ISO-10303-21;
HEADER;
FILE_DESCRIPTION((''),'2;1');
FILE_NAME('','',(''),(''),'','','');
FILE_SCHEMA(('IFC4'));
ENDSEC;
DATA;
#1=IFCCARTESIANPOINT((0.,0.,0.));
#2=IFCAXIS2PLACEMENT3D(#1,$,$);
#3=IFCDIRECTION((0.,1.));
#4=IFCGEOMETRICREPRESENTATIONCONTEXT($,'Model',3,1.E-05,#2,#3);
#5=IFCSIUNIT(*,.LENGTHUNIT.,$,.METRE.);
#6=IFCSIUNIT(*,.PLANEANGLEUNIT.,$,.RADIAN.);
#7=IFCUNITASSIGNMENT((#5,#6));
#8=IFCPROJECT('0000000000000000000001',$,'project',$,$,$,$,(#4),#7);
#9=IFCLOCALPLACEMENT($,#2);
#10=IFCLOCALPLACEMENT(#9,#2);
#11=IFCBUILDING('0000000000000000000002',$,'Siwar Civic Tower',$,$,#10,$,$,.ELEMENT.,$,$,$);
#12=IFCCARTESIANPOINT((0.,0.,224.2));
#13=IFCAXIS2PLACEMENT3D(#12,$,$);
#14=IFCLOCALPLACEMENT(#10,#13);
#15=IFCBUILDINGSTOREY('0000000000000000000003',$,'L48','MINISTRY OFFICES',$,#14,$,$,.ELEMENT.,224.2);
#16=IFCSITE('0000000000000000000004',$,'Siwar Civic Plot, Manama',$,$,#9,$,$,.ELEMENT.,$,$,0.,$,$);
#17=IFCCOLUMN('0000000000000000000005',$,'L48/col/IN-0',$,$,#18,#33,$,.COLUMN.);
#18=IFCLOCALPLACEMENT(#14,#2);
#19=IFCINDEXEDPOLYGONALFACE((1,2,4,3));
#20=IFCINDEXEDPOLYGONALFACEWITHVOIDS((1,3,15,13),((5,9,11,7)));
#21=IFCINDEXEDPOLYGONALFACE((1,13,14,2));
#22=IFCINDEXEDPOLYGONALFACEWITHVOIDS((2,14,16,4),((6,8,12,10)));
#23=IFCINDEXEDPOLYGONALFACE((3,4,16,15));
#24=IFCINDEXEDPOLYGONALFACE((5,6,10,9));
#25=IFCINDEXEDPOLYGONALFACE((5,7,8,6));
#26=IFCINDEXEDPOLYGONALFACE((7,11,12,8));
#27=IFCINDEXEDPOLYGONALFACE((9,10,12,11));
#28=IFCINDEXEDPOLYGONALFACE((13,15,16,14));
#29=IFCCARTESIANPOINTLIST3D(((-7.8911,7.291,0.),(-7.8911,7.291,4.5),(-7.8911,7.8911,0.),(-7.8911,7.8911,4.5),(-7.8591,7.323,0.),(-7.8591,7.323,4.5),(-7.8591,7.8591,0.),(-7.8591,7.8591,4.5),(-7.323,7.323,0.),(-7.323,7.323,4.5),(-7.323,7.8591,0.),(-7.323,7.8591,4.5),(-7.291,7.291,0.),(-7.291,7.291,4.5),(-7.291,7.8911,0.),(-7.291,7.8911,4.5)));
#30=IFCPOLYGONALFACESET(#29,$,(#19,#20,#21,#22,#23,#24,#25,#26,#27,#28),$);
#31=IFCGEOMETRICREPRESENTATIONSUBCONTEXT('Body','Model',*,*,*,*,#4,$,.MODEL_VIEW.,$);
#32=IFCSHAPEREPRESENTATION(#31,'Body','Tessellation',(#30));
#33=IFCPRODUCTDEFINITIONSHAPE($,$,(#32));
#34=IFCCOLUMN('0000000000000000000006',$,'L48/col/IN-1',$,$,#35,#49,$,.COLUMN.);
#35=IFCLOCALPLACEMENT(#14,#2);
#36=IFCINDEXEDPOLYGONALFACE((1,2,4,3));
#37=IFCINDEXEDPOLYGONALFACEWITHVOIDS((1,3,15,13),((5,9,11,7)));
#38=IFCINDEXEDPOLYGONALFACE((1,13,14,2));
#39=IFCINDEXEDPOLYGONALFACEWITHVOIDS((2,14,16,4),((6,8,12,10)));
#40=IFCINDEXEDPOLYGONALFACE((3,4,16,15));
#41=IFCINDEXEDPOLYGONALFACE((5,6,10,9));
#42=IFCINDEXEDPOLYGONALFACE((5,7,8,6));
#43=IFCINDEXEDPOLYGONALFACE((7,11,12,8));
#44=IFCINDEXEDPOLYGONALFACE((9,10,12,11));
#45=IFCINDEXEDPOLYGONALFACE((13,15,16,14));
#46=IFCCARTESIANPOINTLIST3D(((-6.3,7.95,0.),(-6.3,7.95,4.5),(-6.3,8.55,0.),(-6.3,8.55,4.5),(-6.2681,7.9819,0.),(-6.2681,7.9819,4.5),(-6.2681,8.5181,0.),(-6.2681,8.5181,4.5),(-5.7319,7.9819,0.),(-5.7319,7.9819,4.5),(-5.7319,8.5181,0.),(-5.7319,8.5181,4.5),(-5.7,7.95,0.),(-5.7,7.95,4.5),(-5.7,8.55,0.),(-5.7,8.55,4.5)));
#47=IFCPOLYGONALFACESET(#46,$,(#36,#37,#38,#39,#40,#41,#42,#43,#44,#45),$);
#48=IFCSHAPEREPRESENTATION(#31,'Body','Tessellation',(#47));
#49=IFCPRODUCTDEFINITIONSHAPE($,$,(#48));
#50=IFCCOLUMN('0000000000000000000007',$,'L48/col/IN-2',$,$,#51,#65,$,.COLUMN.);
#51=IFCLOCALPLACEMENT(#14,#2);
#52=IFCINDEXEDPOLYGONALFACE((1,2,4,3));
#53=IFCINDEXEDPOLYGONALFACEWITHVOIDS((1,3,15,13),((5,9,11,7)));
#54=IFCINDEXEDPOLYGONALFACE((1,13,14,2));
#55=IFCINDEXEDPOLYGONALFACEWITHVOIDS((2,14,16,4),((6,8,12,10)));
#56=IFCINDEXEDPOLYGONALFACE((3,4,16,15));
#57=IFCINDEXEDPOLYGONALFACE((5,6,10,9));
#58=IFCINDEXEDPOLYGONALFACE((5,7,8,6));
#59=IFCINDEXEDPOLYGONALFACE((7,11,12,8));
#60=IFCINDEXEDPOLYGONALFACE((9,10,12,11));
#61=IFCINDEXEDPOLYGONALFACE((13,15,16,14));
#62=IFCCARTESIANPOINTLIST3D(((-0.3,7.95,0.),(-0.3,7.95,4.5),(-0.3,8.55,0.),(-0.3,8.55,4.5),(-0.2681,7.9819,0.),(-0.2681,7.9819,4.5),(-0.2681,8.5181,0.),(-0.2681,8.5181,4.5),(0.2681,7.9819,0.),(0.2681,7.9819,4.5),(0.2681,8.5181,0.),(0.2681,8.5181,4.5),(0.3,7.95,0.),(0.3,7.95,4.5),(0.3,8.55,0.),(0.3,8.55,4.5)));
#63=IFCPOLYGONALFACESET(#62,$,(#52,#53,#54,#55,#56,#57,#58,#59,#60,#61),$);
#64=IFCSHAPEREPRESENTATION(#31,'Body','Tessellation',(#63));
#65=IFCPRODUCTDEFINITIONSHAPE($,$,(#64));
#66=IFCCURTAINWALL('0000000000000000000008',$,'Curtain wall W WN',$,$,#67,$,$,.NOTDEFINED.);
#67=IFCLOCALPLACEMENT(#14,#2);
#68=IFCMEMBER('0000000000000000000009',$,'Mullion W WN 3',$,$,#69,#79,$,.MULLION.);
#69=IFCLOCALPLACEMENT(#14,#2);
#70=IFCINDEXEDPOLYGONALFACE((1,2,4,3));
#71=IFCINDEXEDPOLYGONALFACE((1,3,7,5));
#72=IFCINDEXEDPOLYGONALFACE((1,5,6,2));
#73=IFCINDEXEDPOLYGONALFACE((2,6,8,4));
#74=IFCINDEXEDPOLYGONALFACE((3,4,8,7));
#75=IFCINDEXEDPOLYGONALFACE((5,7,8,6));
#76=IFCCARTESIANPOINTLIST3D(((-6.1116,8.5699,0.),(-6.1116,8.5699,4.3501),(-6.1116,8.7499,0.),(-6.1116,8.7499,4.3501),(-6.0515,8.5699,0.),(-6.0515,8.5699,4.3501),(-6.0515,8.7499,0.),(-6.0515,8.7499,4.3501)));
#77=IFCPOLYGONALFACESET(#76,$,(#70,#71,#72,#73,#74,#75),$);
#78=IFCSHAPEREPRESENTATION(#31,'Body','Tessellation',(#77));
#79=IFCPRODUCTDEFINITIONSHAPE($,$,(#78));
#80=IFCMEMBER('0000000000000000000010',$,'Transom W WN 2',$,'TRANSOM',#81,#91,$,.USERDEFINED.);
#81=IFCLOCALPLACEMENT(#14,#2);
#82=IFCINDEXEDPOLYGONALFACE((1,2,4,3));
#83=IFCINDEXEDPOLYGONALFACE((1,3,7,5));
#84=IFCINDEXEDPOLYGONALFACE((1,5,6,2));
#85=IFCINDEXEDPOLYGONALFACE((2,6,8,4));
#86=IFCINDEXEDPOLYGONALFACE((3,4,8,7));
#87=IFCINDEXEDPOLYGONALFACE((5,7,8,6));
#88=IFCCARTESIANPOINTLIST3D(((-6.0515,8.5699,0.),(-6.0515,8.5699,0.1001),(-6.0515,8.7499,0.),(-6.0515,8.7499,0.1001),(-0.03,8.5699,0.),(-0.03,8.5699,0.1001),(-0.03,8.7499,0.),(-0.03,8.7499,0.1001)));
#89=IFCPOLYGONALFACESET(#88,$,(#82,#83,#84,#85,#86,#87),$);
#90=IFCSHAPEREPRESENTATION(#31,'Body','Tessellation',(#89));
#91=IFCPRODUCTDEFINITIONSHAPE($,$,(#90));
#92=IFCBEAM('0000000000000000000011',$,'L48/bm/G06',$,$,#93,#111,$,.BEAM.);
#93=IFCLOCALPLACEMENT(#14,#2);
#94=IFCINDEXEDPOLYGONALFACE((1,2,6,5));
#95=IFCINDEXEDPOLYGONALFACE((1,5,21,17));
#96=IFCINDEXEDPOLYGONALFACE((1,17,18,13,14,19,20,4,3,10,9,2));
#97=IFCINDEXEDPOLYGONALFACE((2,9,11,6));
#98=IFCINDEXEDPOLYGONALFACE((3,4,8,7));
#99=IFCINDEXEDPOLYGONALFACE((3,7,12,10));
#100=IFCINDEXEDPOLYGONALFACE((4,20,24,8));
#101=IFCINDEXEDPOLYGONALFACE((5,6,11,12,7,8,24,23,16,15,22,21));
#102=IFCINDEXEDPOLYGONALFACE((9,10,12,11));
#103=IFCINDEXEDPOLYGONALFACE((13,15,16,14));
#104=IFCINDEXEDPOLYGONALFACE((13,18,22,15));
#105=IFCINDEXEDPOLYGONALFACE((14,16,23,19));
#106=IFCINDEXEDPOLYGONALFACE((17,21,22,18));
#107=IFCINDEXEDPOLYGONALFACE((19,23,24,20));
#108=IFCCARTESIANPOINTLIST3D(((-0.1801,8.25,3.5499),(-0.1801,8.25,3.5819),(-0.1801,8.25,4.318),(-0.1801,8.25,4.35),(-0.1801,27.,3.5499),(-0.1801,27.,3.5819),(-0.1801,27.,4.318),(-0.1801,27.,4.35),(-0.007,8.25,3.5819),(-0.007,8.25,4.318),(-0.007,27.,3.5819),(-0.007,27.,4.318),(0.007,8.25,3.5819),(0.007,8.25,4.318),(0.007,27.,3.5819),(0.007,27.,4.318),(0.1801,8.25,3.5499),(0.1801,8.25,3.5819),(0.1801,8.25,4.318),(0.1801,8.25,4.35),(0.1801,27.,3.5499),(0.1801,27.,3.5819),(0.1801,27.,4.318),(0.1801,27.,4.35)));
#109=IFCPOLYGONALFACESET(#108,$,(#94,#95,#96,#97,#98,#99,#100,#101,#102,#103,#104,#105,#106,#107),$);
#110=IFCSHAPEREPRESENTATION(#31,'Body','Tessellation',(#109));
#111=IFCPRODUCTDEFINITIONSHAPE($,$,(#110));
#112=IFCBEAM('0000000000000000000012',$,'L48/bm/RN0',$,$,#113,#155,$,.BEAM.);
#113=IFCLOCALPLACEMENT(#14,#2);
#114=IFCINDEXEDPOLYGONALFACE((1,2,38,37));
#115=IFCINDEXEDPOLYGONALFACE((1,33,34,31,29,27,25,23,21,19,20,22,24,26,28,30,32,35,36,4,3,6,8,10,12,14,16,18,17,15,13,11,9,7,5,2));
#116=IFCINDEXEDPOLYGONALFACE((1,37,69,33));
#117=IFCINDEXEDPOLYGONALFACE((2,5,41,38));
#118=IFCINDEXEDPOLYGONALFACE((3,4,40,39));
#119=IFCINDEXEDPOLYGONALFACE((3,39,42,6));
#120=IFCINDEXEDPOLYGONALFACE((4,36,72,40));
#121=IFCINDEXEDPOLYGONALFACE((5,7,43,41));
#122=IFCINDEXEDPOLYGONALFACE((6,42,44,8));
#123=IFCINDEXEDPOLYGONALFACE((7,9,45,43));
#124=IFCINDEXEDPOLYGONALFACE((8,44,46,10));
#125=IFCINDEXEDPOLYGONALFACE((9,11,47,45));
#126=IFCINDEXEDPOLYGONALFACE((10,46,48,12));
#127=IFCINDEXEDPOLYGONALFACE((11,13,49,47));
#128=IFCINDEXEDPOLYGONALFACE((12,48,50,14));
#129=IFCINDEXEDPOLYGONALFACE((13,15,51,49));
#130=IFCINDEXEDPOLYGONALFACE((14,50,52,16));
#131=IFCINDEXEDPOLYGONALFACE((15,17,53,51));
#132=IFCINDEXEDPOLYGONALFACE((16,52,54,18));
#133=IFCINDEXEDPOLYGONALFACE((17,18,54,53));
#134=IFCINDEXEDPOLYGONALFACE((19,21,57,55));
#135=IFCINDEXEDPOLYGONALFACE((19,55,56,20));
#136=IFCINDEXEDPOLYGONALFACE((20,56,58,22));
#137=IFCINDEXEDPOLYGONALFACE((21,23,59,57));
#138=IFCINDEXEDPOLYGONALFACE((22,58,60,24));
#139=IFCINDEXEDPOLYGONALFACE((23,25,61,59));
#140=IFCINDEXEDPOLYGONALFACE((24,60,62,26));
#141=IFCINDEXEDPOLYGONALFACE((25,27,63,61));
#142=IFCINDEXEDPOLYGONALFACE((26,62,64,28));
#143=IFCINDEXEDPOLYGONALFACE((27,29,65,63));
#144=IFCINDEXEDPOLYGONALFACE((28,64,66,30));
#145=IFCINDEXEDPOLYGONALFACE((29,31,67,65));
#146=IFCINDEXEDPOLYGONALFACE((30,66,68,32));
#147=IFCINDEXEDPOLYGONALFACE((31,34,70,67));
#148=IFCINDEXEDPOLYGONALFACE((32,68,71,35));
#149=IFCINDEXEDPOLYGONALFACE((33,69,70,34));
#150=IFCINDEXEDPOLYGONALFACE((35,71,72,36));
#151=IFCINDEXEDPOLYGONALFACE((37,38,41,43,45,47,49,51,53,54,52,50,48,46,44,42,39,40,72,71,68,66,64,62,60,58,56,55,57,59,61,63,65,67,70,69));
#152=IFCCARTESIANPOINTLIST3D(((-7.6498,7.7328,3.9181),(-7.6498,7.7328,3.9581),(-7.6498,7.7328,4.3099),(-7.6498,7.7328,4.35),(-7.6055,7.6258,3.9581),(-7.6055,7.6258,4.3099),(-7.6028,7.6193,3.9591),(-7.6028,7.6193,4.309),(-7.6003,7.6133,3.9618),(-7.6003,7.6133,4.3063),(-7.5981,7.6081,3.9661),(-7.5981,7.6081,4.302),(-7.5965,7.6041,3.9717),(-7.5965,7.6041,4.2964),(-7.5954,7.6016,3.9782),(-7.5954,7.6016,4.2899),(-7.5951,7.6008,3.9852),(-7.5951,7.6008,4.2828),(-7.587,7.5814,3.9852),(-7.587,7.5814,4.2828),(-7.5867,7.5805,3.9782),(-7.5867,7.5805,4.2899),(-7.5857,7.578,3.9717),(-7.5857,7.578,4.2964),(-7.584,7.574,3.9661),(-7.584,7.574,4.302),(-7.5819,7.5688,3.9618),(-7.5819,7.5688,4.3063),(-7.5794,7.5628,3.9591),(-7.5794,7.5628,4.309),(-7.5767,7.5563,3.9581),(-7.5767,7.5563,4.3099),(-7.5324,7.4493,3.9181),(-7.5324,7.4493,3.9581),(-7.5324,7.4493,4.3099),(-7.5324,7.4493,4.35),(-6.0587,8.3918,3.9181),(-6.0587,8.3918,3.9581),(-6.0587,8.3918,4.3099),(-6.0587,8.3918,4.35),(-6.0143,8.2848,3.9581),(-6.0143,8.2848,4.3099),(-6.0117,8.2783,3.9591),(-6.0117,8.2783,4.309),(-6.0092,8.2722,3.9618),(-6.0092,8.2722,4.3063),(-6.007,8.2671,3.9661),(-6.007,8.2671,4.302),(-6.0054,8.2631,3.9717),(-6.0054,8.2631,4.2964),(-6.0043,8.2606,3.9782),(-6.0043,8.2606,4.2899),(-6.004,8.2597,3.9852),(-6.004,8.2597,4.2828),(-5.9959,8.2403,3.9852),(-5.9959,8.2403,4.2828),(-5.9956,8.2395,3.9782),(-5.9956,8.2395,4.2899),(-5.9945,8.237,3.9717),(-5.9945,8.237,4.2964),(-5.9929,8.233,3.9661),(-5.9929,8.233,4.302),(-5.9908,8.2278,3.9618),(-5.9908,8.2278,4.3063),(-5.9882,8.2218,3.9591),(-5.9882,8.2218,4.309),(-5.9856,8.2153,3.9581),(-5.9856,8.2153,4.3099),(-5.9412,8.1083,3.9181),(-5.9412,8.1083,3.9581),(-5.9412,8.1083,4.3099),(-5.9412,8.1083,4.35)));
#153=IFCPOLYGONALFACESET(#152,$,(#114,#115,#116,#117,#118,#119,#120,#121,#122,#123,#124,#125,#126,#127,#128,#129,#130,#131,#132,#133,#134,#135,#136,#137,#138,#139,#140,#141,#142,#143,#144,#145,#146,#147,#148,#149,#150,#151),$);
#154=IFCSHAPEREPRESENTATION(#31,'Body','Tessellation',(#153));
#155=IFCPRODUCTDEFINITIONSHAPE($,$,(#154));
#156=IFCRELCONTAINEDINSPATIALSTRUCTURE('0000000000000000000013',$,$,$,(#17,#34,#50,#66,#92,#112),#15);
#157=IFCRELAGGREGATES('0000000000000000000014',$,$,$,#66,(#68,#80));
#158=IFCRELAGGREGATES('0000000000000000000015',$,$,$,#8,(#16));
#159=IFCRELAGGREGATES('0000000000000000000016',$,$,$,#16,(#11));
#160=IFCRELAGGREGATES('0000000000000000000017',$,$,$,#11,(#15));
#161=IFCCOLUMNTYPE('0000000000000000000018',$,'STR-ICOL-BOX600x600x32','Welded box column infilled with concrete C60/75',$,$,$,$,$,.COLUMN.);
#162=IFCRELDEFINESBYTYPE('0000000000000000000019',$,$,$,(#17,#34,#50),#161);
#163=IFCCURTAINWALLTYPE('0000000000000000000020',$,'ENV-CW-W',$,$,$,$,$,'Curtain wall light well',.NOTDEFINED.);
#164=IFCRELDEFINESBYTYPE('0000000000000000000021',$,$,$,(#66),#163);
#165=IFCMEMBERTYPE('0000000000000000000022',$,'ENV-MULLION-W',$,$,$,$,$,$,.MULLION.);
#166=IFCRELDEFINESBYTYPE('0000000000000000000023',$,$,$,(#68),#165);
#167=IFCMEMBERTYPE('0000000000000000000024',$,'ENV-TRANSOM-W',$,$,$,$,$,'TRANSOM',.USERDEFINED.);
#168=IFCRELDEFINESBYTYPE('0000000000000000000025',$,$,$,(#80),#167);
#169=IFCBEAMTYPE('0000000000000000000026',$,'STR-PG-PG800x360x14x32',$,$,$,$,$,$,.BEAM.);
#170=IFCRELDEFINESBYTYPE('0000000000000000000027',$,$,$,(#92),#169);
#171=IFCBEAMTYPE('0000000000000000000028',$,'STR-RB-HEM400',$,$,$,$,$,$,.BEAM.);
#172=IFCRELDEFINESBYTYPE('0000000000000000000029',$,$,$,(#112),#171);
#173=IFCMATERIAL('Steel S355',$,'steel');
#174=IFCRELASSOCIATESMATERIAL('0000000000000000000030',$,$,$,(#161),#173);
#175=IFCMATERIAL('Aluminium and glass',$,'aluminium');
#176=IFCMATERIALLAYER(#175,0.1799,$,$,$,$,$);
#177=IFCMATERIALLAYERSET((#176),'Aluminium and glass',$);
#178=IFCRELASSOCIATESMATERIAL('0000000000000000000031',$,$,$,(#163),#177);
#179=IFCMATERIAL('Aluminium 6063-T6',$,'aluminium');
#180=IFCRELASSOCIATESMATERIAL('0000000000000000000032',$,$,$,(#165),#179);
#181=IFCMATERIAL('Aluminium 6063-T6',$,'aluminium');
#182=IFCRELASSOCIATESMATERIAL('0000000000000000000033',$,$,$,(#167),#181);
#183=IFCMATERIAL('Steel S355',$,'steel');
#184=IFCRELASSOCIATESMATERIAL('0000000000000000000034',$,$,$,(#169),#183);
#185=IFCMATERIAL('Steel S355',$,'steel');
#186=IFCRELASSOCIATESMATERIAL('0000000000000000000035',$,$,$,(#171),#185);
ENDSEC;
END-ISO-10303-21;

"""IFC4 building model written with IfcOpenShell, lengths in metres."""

from ifc_helpers import new_model, si_unit, direction, frame, origin, origin_2d, place, context, subcontext, project, spatial, rectangle, hollow_rectangle, i_section, extrude, material, layer, layer_set, material_profile, profile_set, type_object, element, aggregate, save


model = new_model("IFC4")

# Units and contexts
model_context = context("Model", 3, precision=1e-05, world=origin(), true_north=direction((0.0, 1.0)))
body_context = subcontext(model_context, "Body", "Model", "MODEL_VIEW")
ifc_project = project(units=[si_unit("LENGTHUNIT", "METRE"), si_unit("PLANEANGLEUNIT", "RADIAN")], contexts=[model_context])

# Site, building, storey
site_placement = place(None, origin())
site = spatial("IfcSite", under=ifc_project, at=site_placement, Name="Siwar Civic Plot, Manama", CompositionType="ELEMENT", RefElevation=0.0)
building_placement = place(site_placement, origin())
building = spatial("IfcBuilding", under=site, at=building_placement, Name="Siwar Civic Tower", CompositionType="ELEMENT")
storey_placement = place(building_placement, frame((0.0, 0.0, 224.2)))
storey = spatial("IfcBuildingStorey", under=building, at=storey_placement, Name="L48", Description="MINISTRY OFFICES", CompositionType="ELEMENT", Elevation=224.2)

# Columns
ifc_material_1 = material(Name="Steel S355", Category="steel")
ifc_material_profile_1 = material_profile(ifc_material_1, hollow_rectangle(XDim=0.6001, YDim=0.6001, WallThickness=0.032, at=origin_2d()), Name="BOX600x600x32")
ifc_profile_set_1 = profile_set([ifc_material_profile_1], Name="Steel S355")
column_type = type_object("IfcColumnType", Name="STR-ICOL-BOX600x600x32", Description="Welded box column infilled with concrete C60/75", PredefinedType="COLUMN", material=ifc_profile_set_1)
for number, where, z_axis, x_axis, name in (
    (1, (-7.5911, 7.5911, 0.0), (0.0, 0.0, 1.0), (1.0, 0.0, 0.0), "L48/col/IN-0"),
    (2, (-6.0, 8.25, 0.0), (0.0, 0.0, 1.0), (1.0, 0.0, 0.0), "L48/col/IN-1"),
    (3, (0.0, 8.25, 0.0), (0.0, 0.0, 1.0), (1.0, 0.0, 0.0), "L48/col/IN-2"),
):
    element("IfcColumn", number, at=place(storey_placement, frame(where, z_axis=z_axis, x_axis=x_axis)), inside=storey, type_object=column_type, Name=name, PredefinedType="COLUMN", context=body_context, shape_type="SweptSolid", body=[
        extrude(hollow_rectangle(XDim=0.6001, YDim=0.6001, WallThickness=0.032, at=origin_2d()), origin(), (0.0, 0.0, 1.0), 4.5),
    ])

# Curtain wall, members
ifc_material_2 = material(Name="Aluminium and glass", Category="aluminium")
ifc_layer_1 = layer(ifc_material_2, 0.1799)
ifc_layer_set_1 = layer_set([ifc_layer_1], Name="Aluminium and glass")
curtain_wall_type = type_object("IfcCurtainWallType", Name="ENV-CW-W", ElementType="Curtain wall light well", PredefinedType="NOTDEFINED", material=ifc_layer_set_1)
curtain_wall_placement = place(storey_placement, origin())
curtain_wall = element("IfcCurtainWall", 4, at=curtain_wall_placement, inside=storey, type_object=curtain_wall_type, Name="Curtain wall W WN", PredefinedType="NOTDEFINED")
ifc_material_3 = material(Name="Aluminium 6063-T6", Category="aluminium")
ifc_material_profile_2 = material_profile(ifc_material_3, rectangle(XDim=0.1799, YDim=0.0601, at=origin_2d()), Name="AL 180x60")
ifc_profile_set_2 = profile_set([ifc_material_profile_2], Name="Aluminium 6063-T6")
member_type_1 = type_object("IfcMemberType", Name="ENV-MULLION-W", PredefinedType="MULLION", material=ifc_profile_set_2)
member_1_placement = place(storey_placement, frame((-6.0815, 8.6599, 0.0), z_axis=(0.0, 0.0, 1.0), x_axis=(0.0, -1.0, 0.0)))
member_1 = element("IfcMember", 5, at=member_1_placement, type_object=member_type_1, Name="Mullion W WN 3", PredefinedType="MULLION", context=body_context, shape_type="SweptSolid", body=[
    extrude(rectangle(XDim=0.1799, YDim=0.0601, at=origin_2d()), origin(), (0.0, 0.0, 1.0), 4.3501),
])
ifc_material_4 = material(Name="Aluminium 6063-T6", Category="aluminium")
ifc_material_profile_3 = material_profile(ifc_material_4, rectangle(XDim=0.1799, YDim=0.1001, at=origin_2d()), Name="AL 180x100")
ifc_profile_set_3 = profile_set([ifc_material_profile_3], Name="Aluminium 6063-T6")
member_type_2 = type_object("IfcMemberType", Name="ENV-TRANSOM-W", ElementType="TRANSOM", PredefinedType="USERDEFINED", material=ifc_profile_set_3)
member_2_placement = place(storey_placement, frame((-0.03, 8.6599, 0.05), z_axis=(-1.0, 0.0, 0.0), x_axis=(0.0, -1.0, 0.0)))
member_2 = element("IfcMember", 6, at=member_2_placement, type_object=member_type_2, Name="Transom W WN 2", ObjectType="TRANSOM", PredefinedType="USERDEFINED", context=body_context, shape_type="SweptSolid", body=[
    extrude(rectangle(XDim=0.1799, YDim=0.1001, at=origin_2d()), origin(), (0.0, 0.0, 1.0), 6.0215),
])

# Beams
ifc_material_5 = material(Name="Steel S355", Category="steel")
ifc_material_profile_4 = material_profile(ifc_material_5, i_section(OverallWidth=0.3601, OverallDepth=0.8, WebThickness=0.0139, FlangeThickness=0.032, at=origin_2d()), Name="PG800x360x14x32")
ifc_profile_set_4 = profile_set([ifc_material_profile_4], Name="Steel S355")
beam_type_1 = type_object("IfcBeamType", Name="STR-PG-PG800x360x14x32", PredefinedType="BEAM", material=ifc_profile_set_4)
beam_1_placement = place(storey_placement, frame((0.0, 8.25, 3.95), z_axis=(0.0, 1.0, 0.0), x_axis=(-1.0, 0.0, 0.0)))
element("IfcBeam", 7, at=beam_1_placement, inside=storey, type_object=beam_type_1, Name="L48/bm/G06", PredefinedType="BEAM", context=body_context, shape_type="SweptSolid", body=[
    extrude(i_section(OverallWidth=0.3601, OverallDepth=0.8, WebThickness=0.0139, FlangeThickness=0.032, at=origin_2d()), origin(), (0.0, 0.0, 1.0), 18.75),
])
ifc_material_6 = material(Name="Steel S355", Category="steel")
ifc_material_profile_5 = material_profile(ifc_material_6, i_section(OverallWidth=0.3069, OverallDepth=0.4319, WebThickness=0.021, FlangeThickness=0.04, FilletRadius=0.0271, at=origin_2d()), Name="HEM400")
ifc_profile_set_5 = profile_set([ifc_material_profile_5], Name="Steel S355")
beam_type_2 = type_object("IfcBeamType", Name="STR-RB-HEM400", PredefinedType="BEAM", material=ifc_profile_set_5)
beam_2_placement = place(storey_placement, frame((-7.5911, 7.5911, 4.134), z_axis=(0.923901, 0.382631, 0.0), x_axis=(-0.382631, 0.923901, 0.0)))
element("IfcBeam", 8, at=beam_2_placement, inside=storey, type_object=beam_type_2, Name="L48/bm/RN0", PredefinedType="BEAM", context=body_context, shape_type="SweptSolid", body=[
    extrude(i_section(OverallWidth=0.3069, OverallDepth=0.4319, WebThickness=0.021, FlangeThickness=0.04, FilletRadius=0.0271, at=origin_2d()), origin(), (0.0, 0.0, 1.0), 1.7222),
])

aggregate(curtain_wall, [member_1, member_2])

save(model, "model.ifc")
